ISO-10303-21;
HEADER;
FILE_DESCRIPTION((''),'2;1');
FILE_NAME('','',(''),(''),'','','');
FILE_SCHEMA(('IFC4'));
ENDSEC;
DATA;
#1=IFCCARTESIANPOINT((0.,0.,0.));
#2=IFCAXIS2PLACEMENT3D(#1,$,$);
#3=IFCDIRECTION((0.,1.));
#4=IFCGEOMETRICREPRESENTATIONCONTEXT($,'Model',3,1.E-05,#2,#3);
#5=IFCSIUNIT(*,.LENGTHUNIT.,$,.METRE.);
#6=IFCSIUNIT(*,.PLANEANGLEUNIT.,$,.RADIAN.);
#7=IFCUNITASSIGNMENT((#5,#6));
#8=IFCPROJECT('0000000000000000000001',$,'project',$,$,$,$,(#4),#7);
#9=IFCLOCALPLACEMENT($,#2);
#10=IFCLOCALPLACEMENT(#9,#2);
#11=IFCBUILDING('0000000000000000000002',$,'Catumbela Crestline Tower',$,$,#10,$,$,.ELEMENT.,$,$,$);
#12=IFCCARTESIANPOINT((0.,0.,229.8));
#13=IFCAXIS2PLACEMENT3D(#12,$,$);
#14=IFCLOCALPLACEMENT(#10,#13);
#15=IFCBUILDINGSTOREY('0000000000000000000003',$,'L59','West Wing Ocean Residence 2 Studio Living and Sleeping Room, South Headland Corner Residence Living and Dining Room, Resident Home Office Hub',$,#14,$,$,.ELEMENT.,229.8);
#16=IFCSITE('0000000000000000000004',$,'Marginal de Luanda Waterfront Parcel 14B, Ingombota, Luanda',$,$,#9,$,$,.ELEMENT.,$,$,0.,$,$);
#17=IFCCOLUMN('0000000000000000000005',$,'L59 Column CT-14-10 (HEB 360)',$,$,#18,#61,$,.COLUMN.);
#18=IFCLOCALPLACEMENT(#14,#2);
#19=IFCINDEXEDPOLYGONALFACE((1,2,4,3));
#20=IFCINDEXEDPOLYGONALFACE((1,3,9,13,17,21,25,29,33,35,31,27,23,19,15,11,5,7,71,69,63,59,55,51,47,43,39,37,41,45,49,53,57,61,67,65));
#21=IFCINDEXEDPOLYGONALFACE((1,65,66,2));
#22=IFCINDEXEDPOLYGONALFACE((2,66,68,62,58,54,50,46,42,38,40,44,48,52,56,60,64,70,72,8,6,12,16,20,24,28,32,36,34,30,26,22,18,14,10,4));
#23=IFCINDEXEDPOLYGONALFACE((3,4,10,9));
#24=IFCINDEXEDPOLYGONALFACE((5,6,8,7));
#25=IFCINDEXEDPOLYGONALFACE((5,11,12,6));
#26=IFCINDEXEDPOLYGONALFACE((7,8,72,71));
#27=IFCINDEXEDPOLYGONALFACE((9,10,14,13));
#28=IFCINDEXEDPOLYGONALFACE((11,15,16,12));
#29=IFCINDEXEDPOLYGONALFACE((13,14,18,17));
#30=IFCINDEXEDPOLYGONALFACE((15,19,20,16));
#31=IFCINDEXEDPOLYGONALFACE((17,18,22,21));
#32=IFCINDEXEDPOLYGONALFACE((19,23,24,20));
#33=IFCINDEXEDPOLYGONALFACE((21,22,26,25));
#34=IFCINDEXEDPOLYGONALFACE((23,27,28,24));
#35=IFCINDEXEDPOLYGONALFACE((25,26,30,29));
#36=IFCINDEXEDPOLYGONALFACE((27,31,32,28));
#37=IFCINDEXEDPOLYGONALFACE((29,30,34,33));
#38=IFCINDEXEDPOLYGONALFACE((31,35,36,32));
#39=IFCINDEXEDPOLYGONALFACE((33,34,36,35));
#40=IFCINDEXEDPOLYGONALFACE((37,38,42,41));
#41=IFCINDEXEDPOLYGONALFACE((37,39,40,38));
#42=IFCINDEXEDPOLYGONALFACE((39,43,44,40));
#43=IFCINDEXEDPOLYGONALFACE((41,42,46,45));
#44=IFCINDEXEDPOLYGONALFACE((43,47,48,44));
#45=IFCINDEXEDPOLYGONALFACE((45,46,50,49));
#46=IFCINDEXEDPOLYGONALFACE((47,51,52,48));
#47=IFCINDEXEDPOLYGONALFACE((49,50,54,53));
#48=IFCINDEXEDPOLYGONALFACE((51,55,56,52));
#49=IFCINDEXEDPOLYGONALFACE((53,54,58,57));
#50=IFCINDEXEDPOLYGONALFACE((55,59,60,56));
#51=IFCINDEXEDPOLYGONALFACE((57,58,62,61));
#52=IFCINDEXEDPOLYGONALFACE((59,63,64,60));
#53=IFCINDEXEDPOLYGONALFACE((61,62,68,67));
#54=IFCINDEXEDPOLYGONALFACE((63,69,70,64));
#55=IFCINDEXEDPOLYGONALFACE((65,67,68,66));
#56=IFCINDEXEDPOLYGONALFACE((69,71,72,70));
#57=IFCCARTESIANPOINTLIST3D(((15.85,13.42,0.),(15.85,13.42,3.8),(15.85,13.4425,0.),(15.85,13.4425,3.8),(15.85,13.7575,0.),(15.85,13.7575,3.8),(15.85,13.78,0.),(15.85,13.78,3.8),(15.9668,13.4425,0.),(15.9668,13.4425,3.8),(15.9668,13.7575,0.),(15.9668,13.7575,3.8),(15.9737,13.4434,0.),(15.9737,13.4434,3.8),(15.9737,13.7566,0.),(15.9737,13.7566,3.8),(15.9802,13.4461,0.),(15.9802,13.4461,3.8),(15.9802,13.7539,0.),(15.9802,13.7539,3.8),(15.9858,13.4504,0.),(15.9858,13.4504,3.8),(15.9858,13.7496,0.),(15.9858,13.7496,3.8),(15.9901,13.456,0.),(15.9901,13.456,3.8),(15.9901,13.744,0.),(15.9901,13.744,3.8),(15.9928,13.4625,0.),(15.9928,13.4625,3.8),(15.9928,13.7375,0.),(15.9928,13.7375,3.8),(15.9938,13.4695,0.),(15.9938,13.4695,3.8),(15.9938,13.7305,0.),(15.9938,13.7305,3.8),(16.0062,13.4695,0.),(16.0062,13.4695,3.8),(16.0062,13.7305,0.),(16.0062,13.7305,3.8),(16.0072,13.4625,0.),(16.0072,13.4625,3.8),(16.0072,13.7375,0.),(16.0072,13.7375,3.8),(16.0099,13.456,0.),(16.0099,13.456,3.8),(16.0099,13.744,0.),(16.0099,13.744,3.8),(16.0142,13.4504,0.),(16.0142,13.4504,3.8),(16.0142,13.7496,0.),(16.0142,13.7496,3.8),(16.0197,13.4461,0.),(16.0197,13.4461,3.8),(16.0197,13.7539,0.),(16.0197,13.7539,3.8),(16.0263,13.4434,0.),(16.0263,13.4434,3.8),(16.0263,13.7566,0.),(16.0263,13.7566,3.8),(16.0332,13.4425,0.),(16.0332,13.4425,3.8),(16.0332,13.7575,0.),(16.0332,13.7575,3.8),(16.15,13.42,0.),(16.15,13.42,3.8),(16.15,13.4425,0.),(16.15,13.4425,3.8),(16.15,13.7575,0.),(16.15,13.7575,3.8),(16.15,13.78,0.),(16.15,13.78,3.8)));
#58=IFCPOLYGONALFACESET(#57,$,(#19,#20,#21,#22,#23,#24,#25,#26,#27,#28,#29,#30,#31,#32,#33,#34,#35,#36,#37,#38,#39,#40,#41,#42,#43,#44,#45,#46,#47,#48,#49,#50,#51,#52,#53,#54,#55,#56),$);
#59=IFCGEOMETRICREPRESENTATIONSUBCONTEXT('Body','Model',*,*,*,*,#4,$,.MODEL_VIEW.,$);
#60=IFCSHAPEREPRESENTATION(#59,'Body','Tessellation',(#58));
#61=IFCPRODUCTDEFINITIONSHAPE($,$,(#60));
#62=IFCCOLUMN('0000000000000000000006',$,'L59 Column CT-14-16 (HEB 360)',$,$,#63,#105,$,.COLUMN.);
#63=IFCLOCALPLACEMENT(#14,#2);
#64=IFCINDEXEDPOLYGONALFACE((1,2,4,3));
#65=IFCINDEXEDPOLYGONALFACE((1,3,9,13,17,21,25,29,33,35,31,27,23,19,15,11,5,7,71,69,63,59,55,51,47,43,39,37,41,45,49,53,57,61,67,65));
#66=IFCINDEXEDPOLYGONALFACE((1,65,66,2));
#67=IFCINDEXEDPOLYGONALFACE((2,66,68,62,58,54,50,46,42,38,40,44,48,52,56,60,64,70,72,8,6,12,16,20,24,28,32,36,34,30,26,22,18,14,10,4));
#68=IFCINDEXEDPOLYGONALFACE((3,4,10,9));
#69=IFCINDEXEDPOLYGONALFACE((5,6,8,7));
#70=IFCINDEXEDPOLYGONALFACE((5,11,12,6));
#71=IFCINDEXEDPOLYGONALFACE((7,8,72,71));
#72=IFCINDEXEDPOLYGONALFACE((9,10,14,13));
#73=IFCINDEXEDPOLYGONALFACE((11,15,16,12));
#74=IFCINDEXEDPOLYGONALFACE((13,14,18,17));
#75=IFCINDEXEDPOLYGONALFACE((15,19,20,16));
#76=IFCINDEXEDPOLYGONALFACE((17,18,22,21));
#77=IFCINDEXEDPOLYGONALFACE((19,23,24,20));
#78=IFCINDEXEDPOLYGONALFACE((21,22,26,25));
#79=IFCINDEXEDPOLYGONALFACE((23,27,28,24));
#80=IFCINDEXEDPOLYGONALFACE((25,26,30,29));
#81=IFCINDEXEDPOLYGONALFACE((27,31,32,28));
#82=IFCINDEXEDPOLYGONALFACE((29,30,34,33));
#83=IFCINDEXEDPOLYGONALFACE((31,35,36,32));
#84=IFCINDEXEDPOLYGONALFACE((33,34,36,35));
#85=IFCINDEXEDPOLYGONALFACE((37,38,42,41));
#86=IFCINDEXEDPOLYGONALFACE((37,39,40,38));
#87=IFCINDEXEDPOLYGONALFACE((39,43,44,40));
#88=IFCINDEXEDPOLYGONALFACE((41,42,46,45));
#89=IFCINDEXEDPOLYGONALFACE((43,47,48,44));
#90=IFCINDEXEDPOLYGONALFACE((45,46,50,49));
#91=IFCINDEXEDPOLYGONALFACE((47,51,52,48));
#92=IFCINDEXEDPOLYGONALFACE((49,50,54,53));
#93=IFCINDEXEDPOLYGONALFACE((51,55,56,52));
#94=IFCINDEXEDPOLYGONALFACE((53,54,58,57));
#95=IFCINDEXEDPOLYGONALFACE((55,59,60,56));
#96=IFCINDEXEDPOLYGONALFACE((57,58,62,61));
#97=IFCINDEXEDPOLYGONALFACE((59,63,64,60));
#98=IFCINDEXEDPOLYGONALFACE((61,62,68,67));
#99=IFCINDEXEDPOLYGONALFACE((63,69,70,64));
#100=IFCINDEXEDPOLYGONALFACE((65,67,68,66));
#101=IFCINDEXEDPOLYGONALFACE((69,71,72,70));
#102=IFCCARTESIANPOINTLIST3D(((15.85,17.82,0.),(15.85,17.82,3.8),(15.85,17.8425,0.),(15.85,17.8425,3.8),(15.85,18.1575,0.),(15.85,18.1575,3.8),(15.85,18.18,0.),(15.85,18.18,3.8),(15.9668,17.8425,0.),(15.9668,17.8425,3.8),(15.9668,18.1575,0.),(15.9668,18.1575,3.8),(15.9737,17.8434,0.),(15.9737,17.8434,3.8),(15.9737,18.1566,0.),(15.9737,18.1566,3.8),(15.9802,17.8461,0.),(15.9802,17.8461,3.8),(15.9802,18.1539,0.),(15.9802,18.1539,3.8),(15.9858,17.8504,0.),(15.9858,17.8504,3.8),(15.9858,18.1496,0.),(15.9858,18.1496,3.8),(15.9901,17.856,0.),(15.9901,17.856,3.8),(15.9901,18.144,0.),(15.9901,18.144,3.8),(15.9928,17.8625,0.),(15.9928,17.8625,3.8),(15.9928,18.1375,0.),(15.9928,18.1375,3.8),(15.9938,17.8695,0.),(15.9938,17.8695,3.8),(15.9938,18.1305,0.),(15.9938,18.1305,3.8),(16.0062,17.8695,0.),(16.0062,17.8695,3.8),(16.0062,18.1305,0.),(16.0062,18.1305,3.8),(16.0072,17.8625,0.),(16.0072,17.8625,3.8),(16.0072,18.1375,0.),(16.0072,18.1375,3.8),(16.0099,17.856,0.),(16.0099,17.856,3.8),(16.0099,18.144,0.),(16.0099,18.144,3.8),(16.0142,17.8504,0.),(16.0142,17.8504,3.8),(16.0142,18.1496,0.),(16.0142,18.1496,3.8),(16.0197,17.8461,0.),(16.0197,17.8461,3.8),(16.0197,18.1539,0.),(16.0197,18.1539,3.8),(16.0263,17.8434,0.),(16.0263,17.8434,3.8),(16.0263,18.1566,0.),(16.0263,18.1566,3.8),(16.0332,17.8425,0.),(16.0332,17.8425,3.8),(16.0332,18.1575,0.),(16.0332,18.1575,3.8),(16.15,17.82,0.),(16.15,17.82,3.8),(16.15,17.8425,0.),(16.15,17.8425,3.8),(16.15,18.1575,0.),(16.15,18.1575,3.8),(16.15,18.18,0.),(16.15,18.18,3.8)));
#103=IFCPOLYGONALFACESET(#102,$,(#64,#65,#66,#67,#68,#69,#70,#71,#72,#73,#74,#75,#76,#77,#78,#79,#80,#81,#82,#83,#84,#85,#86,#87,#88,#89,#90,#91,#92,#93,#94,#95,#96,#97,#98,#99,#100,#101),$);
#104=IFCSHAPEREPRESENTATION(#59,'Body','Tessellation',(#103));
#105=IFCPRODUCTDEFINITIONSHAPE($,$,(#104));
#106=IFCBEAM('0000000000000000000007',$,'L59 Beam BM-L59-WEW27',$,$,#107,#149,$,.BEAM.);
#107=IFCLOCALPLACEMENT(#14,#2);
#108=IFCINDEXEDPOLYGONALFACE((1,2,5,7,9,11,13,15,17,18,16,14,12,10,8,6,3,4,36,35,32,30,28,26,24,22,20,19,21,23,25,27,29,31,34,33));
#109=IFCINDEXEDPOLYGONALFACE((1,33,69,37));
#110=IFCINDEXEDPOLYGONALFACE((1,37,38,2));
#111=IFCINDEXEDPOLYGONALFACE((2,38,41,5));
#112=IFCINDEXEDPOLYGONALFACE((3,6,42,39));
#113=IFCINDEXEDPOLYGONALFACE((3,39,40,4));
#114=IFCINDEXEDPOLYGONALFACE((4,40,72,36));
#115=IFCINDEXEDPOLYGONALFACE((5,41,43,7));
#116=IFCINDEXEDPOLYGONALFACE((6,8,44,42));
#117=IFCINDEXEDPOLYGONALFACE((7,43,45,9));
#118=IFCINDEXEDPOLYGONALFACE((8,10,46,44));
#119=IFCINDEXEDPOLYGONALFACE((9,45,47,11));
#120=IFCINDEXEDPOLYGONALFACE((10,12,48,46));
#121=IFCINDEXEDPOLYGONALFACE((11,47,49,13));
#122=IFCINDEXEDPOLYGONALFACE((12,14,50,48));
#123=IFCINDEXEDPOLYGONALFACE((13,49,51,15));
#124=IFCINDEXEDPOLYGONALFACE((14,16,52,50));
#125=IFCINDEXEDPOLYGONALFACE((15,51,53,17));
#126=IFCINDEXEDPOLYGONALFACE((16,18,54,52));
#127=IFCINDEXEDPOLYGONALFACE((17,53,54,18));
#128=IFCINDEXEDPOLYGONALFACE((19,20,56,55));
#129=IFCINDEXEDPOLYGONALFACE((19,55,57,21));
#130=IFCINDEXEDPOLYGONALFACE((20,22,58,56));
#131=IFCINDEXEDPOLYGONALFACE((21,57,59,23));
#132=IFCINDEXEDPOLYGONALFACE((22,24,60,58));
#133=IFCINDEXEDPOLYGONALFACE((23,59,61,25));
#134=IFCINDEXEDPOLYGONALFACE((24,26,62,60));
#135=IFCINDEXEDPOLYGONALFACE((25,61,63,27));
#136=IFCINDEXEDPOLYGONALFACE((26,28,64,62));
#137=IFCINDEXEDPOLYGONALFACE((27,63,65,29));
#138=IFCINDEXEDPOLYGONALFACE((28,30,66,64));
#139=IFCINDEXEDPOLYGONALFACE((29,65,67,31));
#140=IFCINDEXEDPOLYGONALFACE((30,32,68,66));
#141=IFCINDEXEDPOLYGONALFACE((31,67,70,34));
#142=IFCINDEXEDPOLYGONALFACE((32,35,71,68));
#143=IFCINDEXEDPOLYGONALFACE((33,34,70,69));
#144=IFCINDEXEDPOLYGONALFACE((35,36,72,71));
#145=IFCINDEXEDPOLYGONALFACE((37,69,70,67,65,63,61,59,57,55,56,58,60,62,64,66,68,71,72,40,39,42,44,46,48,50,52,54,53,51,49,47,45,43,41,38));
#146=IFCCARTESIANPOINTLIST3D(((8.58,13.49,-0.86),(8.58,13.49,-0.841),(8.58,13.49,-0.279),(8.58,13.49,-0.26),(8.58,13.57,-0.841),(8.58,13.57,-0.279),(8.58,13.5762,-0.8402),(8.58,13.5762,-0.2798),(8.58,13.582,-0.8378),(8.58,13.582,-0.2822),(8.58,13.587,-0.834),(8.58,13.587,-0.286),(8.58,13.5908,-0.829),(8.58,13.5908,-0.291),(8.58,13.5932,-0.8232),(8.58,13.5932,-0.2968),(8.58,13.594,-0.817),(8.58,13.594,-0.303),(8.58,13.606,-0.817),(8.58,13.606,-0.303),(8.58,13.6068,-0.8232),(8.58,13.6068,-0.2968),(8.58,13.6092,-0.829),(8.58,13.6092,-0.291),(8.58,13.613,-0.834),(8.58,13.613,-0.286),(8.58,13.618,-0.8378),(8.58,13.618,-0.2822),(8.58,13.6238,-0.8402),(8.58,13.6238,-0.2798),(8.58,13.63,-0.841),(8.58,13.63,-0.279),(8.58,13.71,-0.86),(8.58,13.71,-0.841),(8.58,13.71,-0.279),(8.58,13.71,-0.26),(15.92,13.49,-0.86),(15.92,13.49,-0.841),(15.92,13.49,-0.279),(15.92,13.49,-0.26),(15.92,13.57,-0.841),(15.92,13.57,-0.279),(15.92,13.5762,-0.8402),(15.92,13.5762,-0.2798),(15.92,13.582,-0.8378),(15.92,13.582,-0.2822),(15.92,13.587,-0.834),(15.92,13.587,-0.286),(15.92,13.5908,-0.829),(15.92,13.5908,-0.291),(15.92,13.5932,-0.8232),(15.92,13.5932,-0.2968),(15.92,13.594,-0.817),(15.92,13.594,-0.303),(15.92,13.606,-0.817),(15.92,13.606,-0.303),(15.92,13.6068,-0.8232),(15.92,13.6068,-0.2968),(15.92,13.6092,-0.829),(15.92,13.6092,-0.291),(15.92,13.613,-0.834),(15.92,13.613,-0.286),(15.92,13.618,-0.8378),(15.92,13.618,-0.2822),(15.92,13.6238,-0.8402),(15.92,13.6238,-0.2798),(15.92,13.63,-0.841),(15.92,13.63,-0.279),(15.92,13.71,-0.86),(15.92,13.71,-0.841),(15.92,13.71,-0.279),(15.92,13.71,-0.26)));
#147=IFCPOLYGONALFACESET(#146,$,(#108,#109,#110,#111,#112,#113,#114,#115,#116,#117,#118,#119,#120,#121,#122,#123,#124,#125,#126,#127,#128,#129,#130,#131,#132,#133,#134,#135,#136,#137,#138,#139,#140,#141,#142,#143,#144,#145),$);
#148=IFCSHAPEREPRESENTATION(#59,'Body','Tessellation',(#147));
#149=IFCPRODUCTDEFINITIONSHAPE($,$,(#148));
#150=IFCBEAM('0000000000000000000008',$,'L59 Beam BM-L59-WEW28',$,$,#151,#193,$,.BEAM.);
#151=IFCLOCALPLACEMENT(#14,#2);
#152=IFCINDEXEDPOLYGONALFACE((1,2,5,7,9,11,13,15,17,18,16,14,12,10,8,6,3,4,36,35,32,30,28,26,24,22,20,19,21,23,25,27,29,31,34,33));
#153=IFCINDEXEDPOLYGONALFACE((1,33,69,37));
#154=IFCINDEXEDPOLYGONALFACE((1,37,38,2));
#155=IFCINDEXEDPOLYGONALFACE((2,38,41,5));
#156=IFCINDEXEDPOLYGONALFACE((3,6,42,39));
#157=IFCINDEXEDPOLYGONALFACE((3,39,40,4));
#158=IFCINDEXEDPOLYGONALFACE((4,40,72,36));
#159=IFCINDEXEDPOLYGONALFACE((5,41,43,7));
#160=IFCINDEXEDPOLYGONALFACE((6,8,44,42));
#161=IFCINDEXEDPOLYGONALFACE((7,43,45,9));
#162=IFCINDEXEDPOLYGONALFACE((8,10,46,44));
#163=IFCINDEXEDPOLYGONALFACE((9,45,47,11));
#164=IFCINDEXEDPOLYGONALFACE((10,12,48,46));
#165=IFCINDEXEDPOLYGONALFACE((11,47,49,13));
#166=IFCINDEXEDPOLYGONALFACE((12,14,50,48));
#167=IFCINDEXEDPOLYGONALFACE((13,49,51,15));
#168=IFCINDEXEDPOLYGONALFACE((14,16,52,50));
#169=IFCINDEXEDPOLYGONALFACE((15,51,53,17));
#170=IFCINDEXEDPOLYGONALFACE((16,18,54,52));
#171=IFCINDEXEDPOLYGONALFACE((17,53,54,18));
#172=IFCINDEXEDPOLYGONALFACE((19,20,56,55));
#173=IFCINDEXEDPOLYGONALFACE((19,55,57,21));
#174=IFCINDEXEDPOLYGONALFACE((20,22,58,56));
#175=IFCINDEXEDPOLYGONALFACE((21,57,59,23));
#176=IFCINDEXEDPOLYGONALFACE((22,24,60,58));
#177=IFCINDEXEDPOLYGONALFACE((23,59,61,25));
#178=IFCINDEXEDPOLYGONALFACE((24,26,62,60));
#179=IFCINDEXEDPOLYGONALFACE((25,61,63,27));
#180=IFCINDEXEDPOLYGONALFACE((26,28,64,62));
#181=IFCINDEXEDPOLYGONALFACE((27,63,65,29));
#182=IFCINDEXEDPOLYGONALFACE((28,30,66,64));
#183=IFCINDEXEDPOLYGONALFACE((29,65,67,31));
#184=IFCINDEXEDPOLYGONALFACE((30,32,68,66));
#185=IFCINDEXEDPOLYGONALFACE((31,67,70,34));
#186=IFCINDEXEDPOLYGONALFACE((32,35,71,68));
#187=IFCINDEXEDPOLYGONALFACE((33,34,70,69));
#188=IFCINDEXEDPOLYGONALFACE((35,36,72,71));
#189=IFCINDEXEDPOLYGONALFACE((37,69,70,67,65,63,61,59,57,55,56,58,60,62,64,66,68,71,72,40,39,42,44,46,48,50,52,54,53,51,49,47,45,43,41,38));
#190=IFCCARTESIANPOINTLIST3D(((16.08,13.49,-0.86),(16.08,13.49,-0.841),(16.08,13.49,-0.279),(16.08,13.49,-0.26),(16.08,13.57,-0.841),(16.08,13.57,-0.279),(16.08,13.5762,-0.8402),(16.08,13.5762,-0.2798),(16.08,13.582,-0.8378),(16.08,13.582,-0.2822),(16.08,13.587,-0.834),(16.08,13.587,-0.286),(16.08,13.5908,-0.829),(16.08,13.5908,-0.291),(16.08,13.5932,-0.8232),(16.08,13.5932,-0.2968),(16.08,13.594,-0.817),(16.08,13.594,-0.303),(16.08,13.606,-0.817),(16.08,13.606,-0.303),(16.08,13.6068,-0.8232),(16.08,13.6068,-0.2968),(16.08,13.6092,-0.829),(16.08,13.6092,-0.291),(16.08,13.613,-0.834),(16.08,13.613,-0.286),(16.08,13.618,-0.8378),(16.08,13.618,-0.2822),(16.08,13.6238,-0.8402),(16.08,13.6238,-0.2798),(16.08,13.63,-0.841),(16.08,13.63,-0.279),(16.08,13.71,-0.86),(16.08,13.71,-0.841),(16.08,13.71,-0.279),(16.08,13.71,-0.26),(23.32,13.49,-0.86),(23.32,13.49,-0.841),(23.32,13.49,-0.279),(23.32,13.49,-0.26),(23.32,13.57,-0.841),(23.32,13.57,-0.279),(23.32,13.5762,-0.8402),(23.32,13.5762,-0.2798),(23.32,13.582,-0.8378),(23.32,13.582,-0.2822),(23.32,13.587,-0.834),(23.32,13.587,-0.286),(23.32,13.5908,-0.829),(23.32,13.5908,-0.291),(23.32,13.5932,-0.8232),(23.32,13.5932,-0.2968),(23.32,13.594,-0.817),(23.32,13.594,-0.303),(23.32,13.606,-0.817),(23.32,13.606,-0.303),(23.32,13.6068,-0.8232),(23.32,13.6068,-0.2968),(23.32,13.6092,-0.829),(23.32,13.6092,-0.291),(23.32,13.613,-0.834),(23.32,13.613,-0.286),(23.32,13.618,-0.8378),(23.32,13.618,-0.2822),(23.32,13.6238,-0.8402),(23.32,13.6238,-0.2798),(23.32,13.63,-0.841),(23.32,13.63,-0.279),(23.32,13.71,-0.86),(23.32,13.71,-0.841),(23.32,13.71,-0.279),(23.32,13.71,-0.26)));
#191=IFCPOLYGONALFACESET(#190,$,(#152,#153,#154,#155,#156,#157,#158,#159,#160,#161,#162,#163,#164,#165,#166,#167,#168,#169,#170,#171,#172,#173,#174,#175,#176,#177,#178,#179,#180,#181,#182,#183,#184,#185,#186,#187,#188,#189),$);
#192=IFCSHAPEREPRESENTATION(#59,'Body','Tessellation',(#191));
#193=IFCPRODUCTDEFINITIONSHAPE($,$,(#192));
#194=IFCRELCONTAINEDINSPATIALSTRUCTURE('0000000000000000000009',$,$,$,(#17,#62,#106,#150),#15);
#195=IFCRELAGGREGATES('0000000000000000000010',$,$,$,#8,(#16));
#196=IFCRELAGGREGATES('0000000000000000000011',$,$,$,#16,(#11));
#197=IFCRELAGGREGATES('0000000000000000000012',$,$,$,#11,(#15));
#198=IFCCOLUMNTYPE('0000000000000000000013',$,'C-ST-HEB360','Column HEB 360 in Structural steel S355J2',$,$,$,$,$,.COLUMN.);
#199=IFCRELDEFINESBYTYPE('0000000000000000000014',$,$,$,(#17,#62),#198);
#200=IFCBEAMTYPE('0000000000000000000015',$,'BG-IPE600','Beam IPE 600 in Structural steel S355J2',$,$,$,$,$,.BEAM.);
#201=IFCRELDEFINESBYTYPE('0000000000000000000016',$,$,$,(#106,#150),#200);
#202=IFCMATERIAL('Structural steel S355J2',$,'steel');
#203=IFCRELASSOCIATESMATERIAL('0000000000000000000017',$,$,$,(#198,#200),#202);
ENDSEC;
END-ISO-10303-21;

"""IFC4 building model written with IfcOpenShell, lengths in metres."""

from ifc_helpers import new_model, si_unit, direction, frame, origin, origin_2d, place, context, subcontext, project, spatial, i_section, extrude, material, material_profile, profile_set, type_object, element, save


model = new_model("IFC4")

# Units and contexts
model_context = context("Model", 3, precision=1e-05, world=origin(), true_north=direction((0.0, 1.0)))
body_context = subcontext(model_context, "Body", "Model", "MODEL_VIEW")
ifc_project = project(units=[si_unit("LENGTHUNIT", "METRE"), si_unit("PLANEANGLEUNIT", "RADIAN")], contexts=[model_context])

# Site, building, storey
site_placement = place(None, origin())
site = spatial("IfcSite", under=ifc_project, at=site_placement, Name="Marginal de Luanda Waterfront Parcel 14B, Ingombota, Luanda", CompositionType="ELEMENT", RefElevation=0.0)
building_placement = place(site_placement, origin())
building = spatial("IfcBuilding", under=site, at=building_placement, Name="Catumbela Crestline Tower", CompositionType="ELEMENT")
storey_placement = place(building_placement, frame((0.0, 0.0, 229.8)))
storey = spatial("IfcBuildingStorey", under=building, at=storey_placement, Name="L59", Description="West Wing Ocean Residence 2 Studio Living and Sleeping Room, South Headland Corner Residence Living and Dining Room, Resident Home Office Hub", CompositionType="ELEMENT", Elevation=229.8)

# Columns
ifc_material_1 = material(Name="Structural steel S355J2", Category="steel")
ifc_material_profile_1 = material_profile(ifc_material_1, i_section(OverallWidth=0.3, OverallDepth=0.36, WebThickness=0.0125, FlangeThickness=0.0225, FilletRadius=0.027, at=origin_2d()), Name="HEB 360")
ifc_profile_set_1 = profile_set([ifc_material_profile_1], Name="Structural steel S355J2")
column_type = type_object("IfcColumnType", Name="C-ST-HEB360", Description="Column HEB 360 in Structural steel S355J2", PredefinedType="COLUMN", material=ifc_profile_set_1)
for number, where, z_axis, x_axis, name in (
    (1, (16.0, 13.6, 0.0), (0.0, 0.0, 1.0), (1.0, 0.0, 0.0), "L59 Column CT-14-10 (HEB 360)"),
    (2, (16.0, 18.0, 0.0), (0.0, 0.0, 1.0), (1.0, 0.0, 0.0), "L59 Column CT-14-16 (HEB 360)"),
):
    element("IfcColumn", number, at=place(storey_placement, frame(where, z_axis=z_axis, x_axis=x_axis)), inside=storey, type_object=column_type, Name=name, PredefinedType="COLUMN", context=body_context, shape_type="SweptSolid", body=[
        extrude(i_section(OverallWidth=0.3, OverallDepth=0.36, WebThickness=0.0125, FlangeThickness=0.0225, FilletRadius=0.027, at=origin_2d()), origin(), (0.0, 0.0, 1.0), 3.8),
    ])

# Beams
ifc_material_profile_2 = material_profile(ifc_material_1, i_section(OverallWidth=0.22, OverallDepth=0.6, WebThickness=0.012, FlangeThickness=0.019, FilletRadius=0.024, at=origin_2d()), Name="IPE 600")
ifc_profile_set_2 = profile_set([ifc_material_profile_2], Name="Structural steel S355J2")
beam_type_1 = type_object("IfcBeamType", Name="BG-IPE600", Description="Beam IPE 600 in Structural steel S355J2", PredefinedType="BEAM", material=ifc_profile_set_2)
beam_1_placement = place(storey_placement, frame((8.58, 13.6, -0.56), z_axis=(1.0, 0.0, 0.0), x_axis=(0.0, 1.0, 0.0)))
element("IfcBeam", 3, at=beam_1_placement, inside=storey, type_object=beam_type_1, Name="L59 Beam BM-L59-WEW27", PredefinedType="BEAM", context=body_context, shape_type="SweptSolid", body=[
    extrude(i_section(OverallWidth=0.22, OverallDepth=0.6, WebThickness=0.012, FlangeThickness=0.019, FilletRadius=0.024, at=origin_2d()), origin(), (0.0, 0.0, 1.0), 7.34),
])
beam_2_placement = place(storey_placement, frame((16.08, 13.6, -0.56), z_axis=(1.0, 0.0, 0.0), x_axis=(0.0, 1.0, 0.0)))
element("IfcBeam", 4, at=beam_2_placement, inside=storey, type_object=beam_type_1, Name="L59 Beam BM-L59-WEW28", PredefinedType="BEAM", context=body_context, shape_type="SweptSolid", body=[
    extrude(i_section(OverallWidth=0.22, OverallDepth=0.6, WebThickness=0.012, FlangeThickness=0.019, FilletRadius=0.024, at=origin_2d()), origin(), (0.0, 0.0, 1.0), 7.24),
])

save(model, "model.ifc")
